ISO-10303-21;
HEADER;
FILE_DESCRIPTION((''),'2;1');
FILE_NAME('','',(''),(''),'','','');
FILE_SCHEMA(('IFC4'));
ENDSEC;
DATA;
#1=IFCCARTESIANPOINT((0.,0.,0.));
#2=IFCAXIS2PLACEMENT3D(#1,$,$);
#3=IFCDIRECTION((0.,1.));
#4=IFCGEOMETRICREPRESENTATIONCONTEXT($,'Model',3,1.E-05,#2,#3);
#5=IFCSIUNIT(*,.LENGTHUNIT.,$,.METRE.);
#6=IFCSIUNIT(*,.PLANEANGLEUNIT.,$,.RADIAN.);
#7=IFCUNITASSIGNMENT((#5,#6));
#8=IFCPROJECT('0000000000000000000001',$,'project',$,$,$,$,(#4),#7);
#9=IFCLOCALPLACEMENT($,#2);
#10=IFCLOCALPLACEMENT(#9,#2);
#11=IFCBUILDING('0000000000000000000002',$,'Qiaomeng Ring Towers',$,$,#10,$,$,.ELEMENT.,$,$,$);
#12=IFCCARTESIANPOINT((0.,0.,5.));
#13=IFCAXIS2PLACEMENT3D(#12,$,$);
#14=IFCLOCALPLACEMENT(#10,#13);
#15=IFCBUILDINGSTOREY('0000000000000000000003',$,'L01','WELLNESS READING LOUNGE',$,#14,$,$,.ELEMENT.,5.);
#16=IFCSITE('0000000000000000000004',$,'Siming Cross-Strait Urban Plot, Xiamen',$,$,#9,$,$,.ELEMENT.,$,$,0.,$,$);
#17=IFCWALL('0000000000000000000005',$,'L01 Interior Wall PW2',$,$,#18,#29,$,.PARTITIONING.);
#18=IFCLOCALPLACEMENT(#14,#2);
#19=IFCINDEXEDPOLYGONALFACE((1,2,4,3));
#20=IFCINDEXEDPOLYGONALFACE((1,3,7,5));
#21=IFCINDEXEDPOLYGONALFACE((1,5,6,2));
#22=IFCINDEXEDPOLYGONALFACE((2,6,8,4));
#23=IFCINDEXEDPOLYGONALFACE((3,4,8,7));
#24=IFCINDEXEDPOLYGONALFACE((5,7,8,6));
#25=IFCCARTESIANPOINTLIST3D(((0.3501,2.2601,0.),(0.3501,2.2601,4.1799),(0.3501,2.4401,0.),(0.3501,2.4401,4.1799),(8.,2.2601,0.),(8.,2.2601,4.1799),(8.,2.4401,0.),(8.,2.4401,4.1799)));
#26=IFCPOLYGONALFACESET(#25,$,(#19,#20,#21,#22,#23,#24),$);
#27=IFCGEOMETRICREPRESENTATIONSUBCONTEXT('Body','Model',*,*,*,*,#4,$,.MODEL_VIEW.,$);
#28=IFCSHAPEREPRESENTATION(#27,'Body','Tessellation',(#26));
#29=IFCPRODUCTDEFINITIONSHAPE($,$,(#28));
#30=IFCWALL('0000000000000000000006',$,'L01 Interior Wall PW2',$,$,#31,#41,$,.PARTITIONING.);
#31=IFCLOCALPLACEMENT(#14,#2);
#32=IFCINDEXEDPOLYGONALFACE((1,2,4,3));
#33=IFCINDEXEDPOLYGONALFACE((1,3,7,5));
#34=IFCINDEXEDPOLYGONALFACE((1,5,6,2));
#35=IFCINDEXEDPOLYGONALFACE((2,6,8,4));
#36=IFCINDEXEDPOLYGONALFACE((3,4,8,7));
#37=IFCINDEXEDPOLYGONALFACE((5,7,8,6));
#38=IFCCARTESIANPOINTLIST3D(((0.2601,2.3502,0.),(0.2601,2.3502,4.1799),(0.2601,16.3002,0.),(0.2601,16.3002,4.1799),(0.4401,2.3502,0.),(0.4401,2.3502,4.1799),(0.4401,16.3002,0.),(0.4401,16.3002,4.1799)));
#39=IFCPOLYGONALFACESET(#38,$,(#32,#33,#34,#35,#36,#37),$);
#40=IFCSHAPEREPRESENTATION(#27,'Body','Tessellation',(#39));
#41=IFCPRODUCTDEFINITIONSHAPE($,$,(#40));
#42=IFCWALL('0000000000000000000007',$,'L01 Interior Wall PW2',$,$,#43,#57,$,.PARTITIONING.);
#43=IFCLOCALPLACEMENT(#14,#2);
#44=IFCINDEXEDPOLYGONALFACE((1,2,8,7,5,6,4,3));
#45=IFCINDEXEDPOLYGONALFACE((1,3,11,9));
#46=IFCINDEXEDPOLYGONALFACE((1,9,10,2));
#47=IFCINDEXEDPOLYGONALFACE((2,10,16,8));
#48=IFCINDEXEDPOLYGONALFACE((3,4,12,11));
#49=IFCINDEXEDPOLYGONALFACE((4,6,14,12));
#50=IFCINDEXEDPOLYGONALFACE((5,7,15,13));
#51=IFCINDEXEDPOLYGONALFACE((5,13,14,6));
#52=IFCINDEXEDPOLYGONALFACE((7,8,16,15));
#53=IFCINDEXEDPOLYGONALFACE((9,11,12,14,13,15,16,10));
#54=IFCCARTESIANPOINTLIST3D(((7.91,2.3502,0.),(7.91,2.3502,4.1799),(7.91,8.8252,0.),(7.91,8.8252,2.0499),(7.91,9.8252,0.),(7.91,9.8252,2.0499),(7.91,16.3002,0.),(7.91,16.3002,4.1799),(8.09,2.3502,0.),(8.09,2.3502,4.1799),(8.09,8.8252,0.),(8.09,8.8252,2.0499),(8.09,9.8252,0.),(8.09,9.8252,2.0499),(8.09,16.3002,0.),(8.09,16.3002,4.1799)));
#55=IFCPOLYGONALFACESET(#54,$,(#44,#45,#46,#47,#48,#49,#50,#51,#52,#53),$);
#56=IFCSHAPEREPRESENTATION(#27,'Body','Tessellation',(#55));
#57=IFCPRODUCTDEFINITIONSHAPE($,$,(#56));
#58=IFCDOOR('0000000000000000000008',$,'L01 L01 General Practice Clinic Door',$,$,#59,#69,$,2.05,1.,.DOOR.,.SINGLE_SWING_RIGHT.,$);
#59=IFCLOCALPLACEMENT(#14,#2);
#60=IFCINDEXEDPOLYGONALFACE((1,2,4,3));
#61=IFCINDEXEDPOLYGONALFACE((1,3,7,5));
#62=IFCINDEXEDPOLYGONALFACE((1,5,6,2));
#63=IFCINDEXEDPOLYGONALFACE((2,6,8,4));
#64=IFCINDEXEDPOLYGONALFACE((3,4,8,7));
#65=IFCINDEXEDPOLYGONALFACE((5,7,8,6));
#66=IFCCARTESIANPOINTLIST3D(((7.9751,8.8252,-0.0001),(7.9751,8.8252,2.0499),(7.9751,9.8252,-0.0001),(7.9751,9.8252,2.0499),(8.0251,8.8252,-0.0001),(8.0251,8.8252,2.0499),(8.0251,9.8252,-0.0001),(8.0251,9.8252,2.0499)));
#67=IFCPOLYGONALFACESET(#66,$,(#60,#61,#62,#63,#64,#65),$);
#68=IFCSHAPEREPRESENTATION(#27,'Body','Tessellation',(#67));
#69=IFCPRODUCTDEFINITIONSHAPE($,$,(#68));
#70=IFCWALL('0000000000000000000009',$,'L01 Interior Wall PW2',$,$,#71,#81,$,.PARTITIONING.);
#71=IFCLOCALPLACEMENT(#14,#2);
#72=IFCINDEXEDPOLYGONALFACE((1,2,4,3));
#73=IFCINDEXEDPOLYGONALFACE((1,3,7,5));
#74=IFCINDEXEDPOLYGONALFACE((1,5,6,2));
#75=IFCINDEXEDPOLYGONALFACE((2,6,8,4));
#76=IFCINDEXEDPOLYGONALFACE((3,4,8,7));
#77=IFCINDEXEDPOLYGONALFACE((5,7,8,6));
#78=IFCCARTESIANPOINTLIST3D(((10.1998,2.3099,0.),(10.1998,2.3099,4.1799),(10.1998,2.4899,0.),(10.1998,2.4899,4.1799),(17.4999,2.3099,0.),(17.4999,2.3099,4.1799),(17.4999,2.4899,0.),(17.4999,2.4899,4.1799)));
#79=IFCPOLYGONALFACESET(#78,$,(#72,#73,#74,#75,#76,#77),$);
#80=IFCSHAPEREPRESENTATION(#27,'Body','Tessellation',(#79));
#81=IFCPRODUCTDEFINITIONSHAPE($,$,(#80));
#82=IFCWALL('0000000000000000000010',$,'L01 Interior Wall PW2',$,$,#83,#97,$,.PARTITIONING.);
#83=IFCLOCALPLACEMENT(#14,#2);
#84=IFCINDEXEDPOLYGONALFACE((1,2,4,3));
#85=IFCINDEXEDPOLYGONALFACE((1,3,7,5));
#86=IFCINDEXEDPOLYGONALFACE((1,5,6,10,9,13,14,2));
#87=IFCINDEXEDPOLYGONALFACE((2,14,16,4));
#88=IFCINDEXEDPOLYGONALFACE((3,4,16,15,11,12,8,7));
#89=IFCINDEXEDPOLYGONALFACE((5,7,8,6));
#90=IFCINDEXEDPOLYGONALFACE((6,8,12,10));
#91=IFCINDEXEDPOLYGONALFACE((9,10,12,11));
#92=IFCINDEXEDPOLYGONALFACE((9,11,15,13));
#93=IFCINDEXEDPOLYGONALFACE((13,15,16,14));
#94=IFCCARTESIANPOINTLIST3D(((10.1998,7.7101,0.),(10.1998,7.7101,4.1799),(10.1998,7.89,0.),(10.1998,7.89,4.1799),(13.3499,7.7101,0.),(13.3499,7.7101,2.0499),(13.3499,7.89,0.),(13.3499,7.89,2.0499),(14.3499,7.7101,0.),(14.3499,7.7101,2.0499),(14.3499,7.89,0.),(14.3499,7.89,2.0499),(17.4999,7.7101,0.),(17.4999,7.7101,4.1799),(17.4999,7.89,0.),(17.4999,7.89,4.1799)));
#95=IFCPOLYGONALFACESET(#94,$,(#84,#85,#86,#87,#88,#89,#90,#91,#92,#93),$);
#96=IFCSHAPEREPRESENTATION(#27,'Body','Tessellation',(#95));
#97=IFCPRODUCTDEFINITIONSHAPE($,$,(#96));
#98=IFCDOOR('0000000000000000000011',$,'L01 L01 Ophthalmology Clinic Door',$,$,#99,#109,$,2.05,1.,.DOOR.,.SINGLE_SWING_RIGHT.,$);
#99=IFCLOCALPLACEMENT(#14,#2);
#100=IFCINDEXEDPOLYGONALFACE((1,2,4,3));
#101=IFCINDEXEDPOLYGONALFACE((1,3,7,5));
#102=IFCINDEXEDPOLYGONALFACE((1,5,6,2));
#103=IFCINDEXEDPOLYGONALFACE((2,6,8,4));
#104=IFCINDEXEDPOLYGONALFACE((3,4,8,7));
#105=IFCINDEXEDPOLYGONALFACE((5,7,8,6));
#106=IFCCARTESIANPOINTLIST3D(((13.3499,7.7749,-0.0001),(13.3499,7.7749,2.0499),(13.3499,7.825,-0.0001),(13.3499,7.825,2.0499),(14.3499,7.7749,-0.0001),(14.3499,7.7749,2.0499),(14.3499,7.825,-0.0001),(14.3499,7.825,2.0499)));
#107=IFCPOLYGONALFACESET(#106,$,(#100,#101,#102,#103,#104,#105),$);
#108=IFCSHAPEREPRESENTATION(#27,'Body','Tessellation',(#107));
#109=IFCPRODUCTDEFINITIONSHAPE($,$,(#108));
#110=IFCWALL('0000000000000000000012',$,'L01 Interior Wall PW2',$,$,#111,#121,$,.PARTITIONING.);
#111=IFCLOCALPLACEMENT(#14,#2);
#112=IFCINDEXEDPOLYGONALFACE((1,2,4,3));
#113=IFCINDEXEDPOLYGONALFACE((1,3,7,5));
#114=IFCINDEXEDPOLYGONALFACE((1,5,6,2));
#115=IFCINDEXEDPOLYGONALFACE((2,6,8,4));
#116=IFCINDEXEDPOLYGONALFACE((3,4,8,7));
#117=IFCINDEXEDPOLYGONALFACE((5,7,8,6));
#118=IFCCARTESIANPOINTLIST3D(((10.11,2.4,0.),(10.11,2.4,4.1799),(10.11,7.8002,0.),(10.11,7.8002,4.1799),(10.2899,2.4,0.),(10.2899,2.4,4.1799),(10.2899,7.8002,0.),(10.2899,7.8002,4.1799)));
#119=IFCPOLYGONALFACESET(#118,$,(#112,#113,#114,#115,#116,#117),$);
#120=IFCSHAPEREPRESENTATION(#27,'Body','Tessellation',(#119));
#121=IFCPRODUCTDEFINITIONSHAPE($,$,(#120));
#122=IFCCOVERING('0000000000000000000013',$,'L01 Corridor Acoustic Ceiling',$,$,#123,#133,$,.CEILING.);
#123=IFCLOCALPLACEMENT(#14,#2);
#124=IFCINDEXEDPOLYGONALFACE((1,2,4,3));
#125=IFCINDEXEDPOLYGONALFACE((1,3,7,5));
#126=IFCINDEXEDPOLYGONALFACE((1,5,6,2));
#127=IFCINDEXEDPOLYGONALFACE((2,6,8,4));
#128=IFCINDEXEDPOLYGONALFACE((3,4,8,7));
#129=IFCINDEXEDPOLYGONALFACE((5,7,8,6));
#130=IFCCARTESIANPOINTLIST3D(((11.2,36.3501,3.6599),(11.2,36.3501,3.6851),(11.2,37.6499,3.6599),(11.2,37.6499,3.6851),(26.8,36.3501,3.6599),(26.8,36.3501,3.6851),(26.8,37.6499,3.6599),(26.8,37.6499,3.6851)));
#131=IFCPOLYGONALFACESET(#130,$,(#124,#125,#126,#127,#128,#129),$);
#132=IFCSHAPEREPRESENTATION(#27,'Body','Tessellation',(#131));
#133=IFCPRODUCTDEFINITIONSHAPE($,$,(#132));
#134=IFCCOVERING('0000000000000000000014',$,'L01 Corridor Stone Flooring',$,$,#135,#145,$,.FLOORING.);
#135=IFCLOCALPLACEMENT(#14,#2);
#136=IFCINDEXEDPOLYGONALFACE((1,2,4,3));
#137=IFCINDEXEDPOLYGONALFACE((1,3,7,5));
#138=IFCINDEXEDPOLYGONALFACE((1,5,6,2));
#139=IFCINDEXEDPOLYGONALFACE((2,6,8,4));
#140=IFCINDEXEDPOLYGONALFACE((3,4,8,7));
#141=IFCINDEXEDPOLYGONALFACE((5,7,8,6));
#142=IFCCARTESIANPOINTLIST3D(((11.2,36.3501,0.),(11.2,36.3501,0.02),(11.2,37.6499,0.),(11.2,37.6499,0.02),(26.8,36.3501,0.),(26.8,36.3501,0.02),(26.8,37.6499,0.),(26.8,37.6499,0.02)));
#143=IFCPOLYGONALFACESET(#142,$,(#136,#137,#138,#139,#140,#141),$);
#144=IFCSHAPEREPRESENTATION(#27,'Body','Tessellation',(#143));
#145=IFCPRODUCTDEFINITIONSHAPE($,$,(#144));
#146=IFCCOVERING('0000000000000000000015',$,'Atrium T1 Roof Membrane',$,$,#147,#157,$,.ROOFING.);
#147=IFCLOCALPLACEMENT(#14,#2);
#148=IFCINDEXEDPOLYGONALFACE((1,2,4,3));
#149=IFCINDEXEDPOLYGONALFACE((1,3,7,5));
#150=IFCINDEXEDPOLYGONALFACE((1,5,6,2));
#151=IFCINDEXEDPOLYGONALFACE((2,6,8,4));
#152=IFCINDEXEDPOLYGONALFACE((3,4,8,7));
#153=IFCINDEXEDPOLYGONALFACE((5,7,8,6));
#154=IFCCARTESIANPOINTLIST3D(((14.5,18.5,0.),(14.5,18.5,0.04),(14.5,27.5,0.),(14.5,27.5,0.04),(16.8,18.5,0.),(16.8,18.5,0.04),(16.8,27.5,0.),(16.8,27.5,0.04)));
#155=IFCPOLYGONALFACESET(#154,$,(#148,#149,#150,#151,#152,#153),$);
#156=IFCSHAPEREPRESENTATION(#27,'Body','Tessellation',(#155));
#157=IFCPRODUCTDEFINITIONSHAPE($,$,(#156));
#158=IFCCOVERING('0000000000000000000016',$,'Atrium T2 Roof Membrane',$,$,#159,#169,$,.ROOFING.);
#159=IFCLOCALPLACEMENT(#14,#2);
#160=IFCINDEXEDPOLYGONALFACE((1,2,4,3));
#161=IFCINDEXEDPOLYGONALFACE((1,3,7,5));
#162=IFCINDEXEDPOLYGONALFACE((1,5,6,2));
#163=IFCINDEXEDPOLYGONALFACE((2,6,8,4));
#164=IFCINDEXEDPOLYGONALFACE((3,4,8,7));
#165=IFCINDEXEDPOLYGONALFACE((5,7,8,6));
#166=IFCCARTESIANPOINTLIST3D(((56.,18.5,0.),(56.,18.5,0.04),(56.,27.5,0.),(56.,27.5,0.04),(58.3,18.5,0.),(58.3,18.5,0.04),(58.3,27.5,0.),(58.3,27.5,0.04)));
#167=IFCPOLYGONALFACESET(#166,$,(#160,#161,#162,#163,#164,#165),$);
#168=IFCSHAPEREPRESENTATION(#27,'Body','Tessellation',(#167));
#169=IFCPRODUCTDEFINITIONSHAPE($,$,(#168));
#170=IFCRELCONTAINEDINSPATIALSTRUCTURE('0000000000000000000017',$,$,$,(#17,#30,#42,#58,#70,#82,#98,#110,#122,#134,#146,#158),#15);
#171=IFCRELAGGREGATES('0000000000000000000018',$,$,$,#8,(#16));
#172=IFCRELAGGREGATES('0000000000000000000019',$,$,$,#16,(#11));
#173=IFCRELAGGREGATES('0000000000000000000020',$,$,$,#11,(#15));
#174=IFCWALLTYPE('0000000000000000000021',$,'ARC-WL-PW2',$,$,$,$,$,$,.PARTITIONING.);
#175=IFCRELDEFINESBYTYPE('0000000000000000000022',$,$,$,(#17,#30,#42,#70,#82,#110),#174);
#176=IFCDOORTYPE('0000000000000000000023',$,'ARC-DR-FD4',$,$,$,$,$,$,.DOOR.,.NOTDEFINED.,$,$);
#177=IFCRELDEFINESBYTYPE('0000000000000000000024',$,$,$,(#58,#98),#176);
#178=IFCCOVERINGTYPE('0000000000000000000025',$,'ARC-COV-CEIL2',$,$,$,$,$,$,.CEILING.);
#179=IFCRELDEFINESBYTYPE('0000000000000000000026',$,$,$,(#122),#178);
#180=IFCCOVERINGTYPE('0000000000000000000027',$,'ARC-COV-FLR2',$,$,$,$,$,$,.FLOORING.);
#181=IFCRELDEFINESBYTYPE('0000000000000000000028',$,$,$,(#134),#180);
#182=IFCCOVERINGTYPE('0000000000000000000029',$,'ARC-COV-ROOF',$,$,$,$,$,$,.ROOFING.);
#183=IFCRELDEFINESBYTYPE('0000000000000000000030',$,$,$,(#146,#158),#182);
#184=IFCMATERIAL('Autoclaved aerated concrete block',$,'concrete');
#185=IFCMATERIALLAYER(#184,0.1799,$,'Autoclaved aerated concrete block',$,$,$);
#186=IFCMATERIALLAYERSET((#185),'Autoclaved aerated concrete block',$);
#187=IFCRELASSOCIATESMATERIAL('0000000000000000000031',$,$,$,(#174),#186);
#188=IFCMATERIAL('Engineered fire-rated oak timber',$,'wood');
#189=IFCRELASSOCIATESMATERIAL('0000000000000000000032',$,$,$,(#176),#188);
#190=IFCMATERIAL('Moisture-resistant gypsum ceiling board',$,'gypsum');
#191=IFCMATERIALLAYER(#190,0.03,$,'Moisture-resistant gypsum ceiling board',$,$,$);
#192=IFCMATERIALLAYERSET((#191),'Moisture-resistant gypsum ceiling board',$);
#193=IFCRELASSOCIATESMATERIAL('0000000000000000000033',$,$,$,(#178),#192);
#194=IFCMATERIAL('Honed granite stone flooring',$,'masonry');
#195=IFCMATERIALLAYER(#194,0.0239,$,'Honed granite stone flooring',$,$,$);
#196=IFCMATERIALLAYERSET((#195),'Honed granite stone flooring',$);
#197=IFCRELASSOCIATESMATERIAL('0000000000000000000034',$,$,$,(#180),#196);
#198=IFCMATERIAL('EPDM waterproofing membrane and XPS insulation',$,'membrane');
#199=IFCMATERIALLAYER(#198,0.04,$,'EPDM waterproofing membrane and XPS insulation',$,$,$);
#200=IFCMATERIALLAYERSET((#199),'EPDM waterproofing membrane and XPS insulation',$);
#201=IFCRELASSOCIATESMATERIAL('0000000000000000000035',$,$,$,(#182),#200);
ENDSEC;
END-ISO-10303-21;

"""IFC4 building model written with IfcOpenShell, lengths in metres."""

from ifc_helpers import new_model, si_unit, direction, frame, frame_2d, origin, place, context, subcontext, project, spatial, polyline, rectangle, outline, extrude, source, transform, mapped, material, layer, layer_set, type_object, element, fill, save


model = new_model("IFC4")

# Units and contexts
model_context = context("Model", 3, precision=1e-05, world=origin(), true_north=direction((0.0, 1.0)))
body_context = subcontext(model_context, "Body", "Model", "MODEL_VIEW")
ifc_project = project(units=[si_unit("LENGTHUNIT", "METRE"), si_unit("PLANEANGLEUNIT", "RADIAN")], contexts=[model_context])

# Site, building, storey
site_placement = place(None, origin())
site = spatial("IfcSite", under=ifc_project, at=site_placement, Name="Siming Cross-Strait Urban Plot, Xiamen", CompositionType="ELEMENT", RefElevation=0.0)
building_placement = place(site_placement, origin())
building = spatial("IfcBuilding", under=site, at=building_placement, Name="Qiaomeng Ring Towers", CompositionType="ELEMENT")
storey_placement = place(building_placement, frame((0.0, 0.0, 5.0)))
storey = spatial("IfcBuildingStorey", under=building, at=storey_placement, Name="L01", Description="WELLNESS READING LOUNGE", CompositionType="ELEMENT", Elevation=5.0)

# Walls
ifc_material_1 = material(Name="Autoclaved aerated concrete block", Category="concrete")
ifc_layer_1 = layer(ifc_material_1, 0.1799, Name="Autoclaved aerated concrete block")
ifc_layer_set_1 = layer_set([ifc_layer_1], Name="Autoclaved aerated concrete block")
wall_type_1 = type_object("IfcWallType", Name="ARC-WL-PW2", PredefinedType="PARTITIONING", material=ifc_layer_set_1)
wall_1_placement = place(storey_placement, frame((0.3501, 2.3501, 0.0), z_axis=(0.0, 0.0, 1.0), x_axis=(1.0, 0.0, 0.0)))
element("IfcWall", 1, at=wall_1_placement, inside=storey, type_object=wall_type_1, Name="L01 Interior Wall PW2", PredefinedType="PARTITIONING", context=body_context, shape_type="SweptSolid", body=[
    extrude(rectangle(XDim=7.6499, YDim=0.1799, at=frame_2d((3.825, 0.0))), origin(), (0.0, 0.0, 1.0), 4.1799),
])
wall_2_placement = place(storey_placement, frame((0.3501, 2.3501, 0.0), z_axis=(0.0, 0.0, 1.0), x_axis=(0.0, 1.0, 0.0)))
element("IfcWall", 2, at=wall_2_placement, inside=storey, type_object=wall_type_1, Name="L01 Interior Wall PW2", PredefinedType="PARTITIONING", context=body_context, shape_type="SweptSolid", body=[
    extrude(rectangle(XDim=13.95, YDim=0.1799, at=frame_2d((6.9751, 0.0))), origin(), (0.0, 0.0, 1.0), 4.1799),
])

# Wall, opening, door
wall_3_placement = place(storey_placement, frame((8.0, 2.3501, 0.0), z_axis=(0.0, 0.0, 1.0), x_axis=(0.0, 1.0, 0.0)))
wall_3 = element("IfcWall", 3, at=wall_3_placement, inside=storey, type_object=wall_type_1, Name="L01 Interior Wall PW2", PredefinedType="PARTITIONING", context=body_context, shape_type="SweptSolid", body=[
    extrude(rectangle(XDim=13.95, YDim=0.1799, at=frame_2d((6.9751, 0.0))), origin(), (0.0, 0.0, 1.0), 4.1799),
])
opening_1_placement = place(wall_3_placement, frame((6.4751, 0.0, 0.0)))
opening_1 = element("IfcOpeningElement", 4, at=opening_1_placement, cuts=wall_3, PredefinedType="OPENING", context=body_context, shape_type="SweptSolid", body=[
    extrude(rectangle(XDim=1.0, YDim=2.05, at=frame_2d((0.5, 1.0249))), frame((0.0, 0.0999, 0.0), z_axis=(0.0, -1.0, 0.0), x_axis=(1.0, 0.0, 0.0)), (0.0, 0.0, 1.0), 0.2),
])
ifc_material_2 = material(Name="Engineered fire-rated oak timber", Category="wood")
door_type = type_object("IfcDoorType", Name="ARC-DR-FD4", OperationType="NOTDEFINED", PredefinedType="DOOR", material=ifc_material_2)
shared_shape_1 = source(origin(), body_context, "Body", "SweptSolid", [
    extrude(rectangle(XDim=1.0, YDim=2.05, at=frame_2d((0.5, 1.0249))), frame((0.0, 0.0249, 0.0), z_axis=(0.0, -1.0, 0.0), x_axis=(1.0, 0.0, 0.0)), (0.0, 0.0, 1.0), 0.05),
])
door_1_placement = place(opening_1_placement, origin())
door_1 = element("IfcDoor", 5, at=door_1_placement, inside=storey, type_object=door_type, Name="L01 L01 General Practice Clinic Door", OperationType="SINGLE_SWING_RIGHT", OverallHeight=2.05, OverallWidth=1.0, PredefinedType="DOOR", context=body_context, shape_type="MappedRepresentation", body=[
    mapped(shared_shape_1, transform((0.0, 0.0, 0.0), x_axis=(1.0, 0.0, 0.0), y_axis=(0.0, 1.0, 0.0), z_axis=(0.0, 0.0, 1.0), scale=1.0)),
])
fill(opening_1, door_1)

# Wall
wall_4_placement = place(storey_placement, frame((10.2, 2.3999, 0.0), z_axis=(0.0, 0.0, 1.0), x_axis=(1.0, 0.0, 0.0)))
element("IfcWall", 6, at=wall_4_placement, inside=storey, type_object=wall_type_1, Name="L01 Interior Wall PW2", PredefinedType="PARTITIONING", context=body_context, shape_type="SweptSolid", body=[
    extrude(rectangle(XDim=7.3, YDim=0.1799, at=frame_2d((3.6499, 0.0))), origin(), (0.0, 0.0, 1.0), 4.1799),
])

# Wall, opening, door
wall_5_placement = place(storey_placement, frame((10.2, 7.8, 0.0), z_axis=(0.0, 0.0, 1.0), x_axis=(1.0, 0.0, 0.0)))
wall_5 = element("IfcWall", 7, at=wall_5_placement, inside=storey, type_object=wall_type_1, Name="L01 Interior Wall PW2", PredefinedType="PARTITIONING", context=body_context, shape_type="SweptSolid", body=[
    extrude(rectangle(XDim=7.3, YDim=0.1799, at=frame_2d((3.6499, 0.0))), origin(), (0.0, 0.0, 1.0), 4.1799),
])
opening_2_placement = place(wall_5_placement, frame((3.1499, 0.0, 0.0)))
opening_2 = element("IfcOpeningElement", 8, at=opening_2_placement, cuts=wall_5, PredefinedType="OPENING", context=body_context, shape_type="SweptSolid", body=[
    extrude(rectangle(XDim=1.0, YDim=2.05, at=frame_2d((0.5, 1.0249))), frame((0.0, 0.0999, 0.0), z_axis=(0.0, -1.0, 0.0), x_axis=(1.0, 0.0, 0.0)), (0.0, 0.0, 1.0), 0.2),
])
door_2_placement = place(opening_2_placement, origin())
door_2 = element("IfcDoor", 9, at=door_2_placement, inside=storey, type_object=door_type, Name="L01 L01 Ophthalmology Clinic Door", OperationType="SINGLE_SWING_RIGHT", OverallHeight=2.05, OverallWidth=1.0, PredefinedType="DOOR", context=body_context, shape_type="MappedRepresentation", body=[
    mapped(shared_shape_1, transform((0.0, 0.0, 0.0), x_axis=(1.0, 0.0, 0.0), y_axis=(0.0, 1.0, 0.0), z_axis=(0.0, 0.0, 1.0), scale=1.0)),
])
fill(opening_2, door_2)

# Wall
wall_6_placement = place(storey_placement, frame((10.2, 2.3999, 0.0), z_axis=(0.0, 0.0, 1.0), x_axis=(0.0, 1.0, 0.0)))
element("IfcWall", 10, at=wall_6_placement, inside=storey, type_object=wall_type_1, Name="L01 Interior Wall PW2", PredefinedType="PARTITIONING", context=body_context, shape_type="SweptSolid", body=[
    extrude(rectangle(XDim=5.4001, YDim=0.1799, at=frame_2d((2.7002, 0.0))), origin(), (0.0, 0.0, 1.0), 4.1799),
])

# Coverings
ifc_material_3 = material(Name="Moisture-resistant gypsum ceiling board", Category="gypsum")
ifc_layer_2 = layer(ifc_material_3, 0.03, Name="Moisture-resistant gypsum ceiling board")
ifc_layer_set_2 = layer_set([ifc_layer_2], Name="Moisture-resistant gypsum ceiling board")
covering_type_1 = type_object("IfcCoveringType", Name="ARC-COV-CEIL2", PredefinedType="CEILING", material=ifc_layer_set_2)
covering_1_placement = place(storey_placement, frame((0.0, 0.0, 3.6599)))
element("IfcCovering", 11, at=covering_1_placement, inside=storey, type_object=covering_type_1, Name="L01 Corridor Acoustic Ceiling", PredefinedType="CEILING", context=body_context, shape_type="SweptSolid", body=[
    extrude(outline(polyline([(11.2, 36.3501), (11.2, 37.6499), (26.8, 37.6499), (26.8, 36.3501), (11.2, 36.3501)])), origin(), (0.0, 0.0, 1.0), 0.0251),
])
ifc_material_4 = material(Name="Honed granite stone flooring", Category="masonry")
ifc_layer_3 = layer(ifc_material_4, 0.0239, Name="Honed granite stone flooring")
ifc_layer_set_3 = layer_set([ifc_layer_3], Name="Honed granite stone flooring")
covering_type_2 = type_object("IfcCoveringType", Name="ARC-COV-FLR2", PredefinedType="FLOORING", material=ifc_layer_set_3)
covering_2_placement = place(storey_placement, origin())
element("IfcCovering", 12, at=covering_2_placement, inside=storey, type_object=covering_type_2, Name="L01 Corridor Stone Flooring", PredefinedType="FLOORING", context=body_context, shape_type="SweptSolid", body=[
    extrude(outline(polyline([(11.2, 36.3501), (11.2, 37.6499), (26.8, 37.6499), (26.8, 36.3501), (11.2, 36.3501)])), origin(), (0.0, 0.0, 1.0), 0.02),
])
ifc_material_5 = material(Name="EPDM waterproofing membrane and XPS insulation", Category="membrane")
ifc_layer_4 = layer(ifc_material_5, 0.04, Name="EPDM waterproofing membrane and XPS insulation")
ifc_layer_set_4 = layer_set([ifc_layer_4], Name="EPDM waterproofing membrane and XPS insulation")
covering_type_3 = type_object("IfcCoveringType", Name="ARC-COV-ROOF", PredefinedType="ROOFING", material=ifc_layer_set_4)
covering_3_placement = place(storey_placement, origin())
element("IfcCovering", 13, at=covering_3_placement, inside=storey, type_object=covering_type_3, Name="Atrium T1 Roof Membrane", PredefinedType="ROOFING", context=body_context, shape_type="SweptSolid", body=[
    extrude(outline(polyline([(14.5, 18.5), (16.8, 18.5), (16.8, 27.5), (14.5, 27.5), (14.5, 18.5)])), origin(), (0.0, 0.0, 1.0), 0.04),
])
covering_4_placement = place(storey_placement, origin())
element("IfcCovering", 14, at=covering_4_placement, inside=storey, type_object=covering_type_3, Name="Atrium T2 Roof Membrane", PredefinedType="ROOFING", context=body_context, shape_type="SweptSolid", body=[
    extrude(outline(polyline([(56.0, 18.5), (58.3, 18.5), (58.3, 27.5), (56.0, 27.5), (56.0, 18.5)])), origin(), (0.0, 0.0, 1.0), 0.04),
])

save(model, "model.ifc")
